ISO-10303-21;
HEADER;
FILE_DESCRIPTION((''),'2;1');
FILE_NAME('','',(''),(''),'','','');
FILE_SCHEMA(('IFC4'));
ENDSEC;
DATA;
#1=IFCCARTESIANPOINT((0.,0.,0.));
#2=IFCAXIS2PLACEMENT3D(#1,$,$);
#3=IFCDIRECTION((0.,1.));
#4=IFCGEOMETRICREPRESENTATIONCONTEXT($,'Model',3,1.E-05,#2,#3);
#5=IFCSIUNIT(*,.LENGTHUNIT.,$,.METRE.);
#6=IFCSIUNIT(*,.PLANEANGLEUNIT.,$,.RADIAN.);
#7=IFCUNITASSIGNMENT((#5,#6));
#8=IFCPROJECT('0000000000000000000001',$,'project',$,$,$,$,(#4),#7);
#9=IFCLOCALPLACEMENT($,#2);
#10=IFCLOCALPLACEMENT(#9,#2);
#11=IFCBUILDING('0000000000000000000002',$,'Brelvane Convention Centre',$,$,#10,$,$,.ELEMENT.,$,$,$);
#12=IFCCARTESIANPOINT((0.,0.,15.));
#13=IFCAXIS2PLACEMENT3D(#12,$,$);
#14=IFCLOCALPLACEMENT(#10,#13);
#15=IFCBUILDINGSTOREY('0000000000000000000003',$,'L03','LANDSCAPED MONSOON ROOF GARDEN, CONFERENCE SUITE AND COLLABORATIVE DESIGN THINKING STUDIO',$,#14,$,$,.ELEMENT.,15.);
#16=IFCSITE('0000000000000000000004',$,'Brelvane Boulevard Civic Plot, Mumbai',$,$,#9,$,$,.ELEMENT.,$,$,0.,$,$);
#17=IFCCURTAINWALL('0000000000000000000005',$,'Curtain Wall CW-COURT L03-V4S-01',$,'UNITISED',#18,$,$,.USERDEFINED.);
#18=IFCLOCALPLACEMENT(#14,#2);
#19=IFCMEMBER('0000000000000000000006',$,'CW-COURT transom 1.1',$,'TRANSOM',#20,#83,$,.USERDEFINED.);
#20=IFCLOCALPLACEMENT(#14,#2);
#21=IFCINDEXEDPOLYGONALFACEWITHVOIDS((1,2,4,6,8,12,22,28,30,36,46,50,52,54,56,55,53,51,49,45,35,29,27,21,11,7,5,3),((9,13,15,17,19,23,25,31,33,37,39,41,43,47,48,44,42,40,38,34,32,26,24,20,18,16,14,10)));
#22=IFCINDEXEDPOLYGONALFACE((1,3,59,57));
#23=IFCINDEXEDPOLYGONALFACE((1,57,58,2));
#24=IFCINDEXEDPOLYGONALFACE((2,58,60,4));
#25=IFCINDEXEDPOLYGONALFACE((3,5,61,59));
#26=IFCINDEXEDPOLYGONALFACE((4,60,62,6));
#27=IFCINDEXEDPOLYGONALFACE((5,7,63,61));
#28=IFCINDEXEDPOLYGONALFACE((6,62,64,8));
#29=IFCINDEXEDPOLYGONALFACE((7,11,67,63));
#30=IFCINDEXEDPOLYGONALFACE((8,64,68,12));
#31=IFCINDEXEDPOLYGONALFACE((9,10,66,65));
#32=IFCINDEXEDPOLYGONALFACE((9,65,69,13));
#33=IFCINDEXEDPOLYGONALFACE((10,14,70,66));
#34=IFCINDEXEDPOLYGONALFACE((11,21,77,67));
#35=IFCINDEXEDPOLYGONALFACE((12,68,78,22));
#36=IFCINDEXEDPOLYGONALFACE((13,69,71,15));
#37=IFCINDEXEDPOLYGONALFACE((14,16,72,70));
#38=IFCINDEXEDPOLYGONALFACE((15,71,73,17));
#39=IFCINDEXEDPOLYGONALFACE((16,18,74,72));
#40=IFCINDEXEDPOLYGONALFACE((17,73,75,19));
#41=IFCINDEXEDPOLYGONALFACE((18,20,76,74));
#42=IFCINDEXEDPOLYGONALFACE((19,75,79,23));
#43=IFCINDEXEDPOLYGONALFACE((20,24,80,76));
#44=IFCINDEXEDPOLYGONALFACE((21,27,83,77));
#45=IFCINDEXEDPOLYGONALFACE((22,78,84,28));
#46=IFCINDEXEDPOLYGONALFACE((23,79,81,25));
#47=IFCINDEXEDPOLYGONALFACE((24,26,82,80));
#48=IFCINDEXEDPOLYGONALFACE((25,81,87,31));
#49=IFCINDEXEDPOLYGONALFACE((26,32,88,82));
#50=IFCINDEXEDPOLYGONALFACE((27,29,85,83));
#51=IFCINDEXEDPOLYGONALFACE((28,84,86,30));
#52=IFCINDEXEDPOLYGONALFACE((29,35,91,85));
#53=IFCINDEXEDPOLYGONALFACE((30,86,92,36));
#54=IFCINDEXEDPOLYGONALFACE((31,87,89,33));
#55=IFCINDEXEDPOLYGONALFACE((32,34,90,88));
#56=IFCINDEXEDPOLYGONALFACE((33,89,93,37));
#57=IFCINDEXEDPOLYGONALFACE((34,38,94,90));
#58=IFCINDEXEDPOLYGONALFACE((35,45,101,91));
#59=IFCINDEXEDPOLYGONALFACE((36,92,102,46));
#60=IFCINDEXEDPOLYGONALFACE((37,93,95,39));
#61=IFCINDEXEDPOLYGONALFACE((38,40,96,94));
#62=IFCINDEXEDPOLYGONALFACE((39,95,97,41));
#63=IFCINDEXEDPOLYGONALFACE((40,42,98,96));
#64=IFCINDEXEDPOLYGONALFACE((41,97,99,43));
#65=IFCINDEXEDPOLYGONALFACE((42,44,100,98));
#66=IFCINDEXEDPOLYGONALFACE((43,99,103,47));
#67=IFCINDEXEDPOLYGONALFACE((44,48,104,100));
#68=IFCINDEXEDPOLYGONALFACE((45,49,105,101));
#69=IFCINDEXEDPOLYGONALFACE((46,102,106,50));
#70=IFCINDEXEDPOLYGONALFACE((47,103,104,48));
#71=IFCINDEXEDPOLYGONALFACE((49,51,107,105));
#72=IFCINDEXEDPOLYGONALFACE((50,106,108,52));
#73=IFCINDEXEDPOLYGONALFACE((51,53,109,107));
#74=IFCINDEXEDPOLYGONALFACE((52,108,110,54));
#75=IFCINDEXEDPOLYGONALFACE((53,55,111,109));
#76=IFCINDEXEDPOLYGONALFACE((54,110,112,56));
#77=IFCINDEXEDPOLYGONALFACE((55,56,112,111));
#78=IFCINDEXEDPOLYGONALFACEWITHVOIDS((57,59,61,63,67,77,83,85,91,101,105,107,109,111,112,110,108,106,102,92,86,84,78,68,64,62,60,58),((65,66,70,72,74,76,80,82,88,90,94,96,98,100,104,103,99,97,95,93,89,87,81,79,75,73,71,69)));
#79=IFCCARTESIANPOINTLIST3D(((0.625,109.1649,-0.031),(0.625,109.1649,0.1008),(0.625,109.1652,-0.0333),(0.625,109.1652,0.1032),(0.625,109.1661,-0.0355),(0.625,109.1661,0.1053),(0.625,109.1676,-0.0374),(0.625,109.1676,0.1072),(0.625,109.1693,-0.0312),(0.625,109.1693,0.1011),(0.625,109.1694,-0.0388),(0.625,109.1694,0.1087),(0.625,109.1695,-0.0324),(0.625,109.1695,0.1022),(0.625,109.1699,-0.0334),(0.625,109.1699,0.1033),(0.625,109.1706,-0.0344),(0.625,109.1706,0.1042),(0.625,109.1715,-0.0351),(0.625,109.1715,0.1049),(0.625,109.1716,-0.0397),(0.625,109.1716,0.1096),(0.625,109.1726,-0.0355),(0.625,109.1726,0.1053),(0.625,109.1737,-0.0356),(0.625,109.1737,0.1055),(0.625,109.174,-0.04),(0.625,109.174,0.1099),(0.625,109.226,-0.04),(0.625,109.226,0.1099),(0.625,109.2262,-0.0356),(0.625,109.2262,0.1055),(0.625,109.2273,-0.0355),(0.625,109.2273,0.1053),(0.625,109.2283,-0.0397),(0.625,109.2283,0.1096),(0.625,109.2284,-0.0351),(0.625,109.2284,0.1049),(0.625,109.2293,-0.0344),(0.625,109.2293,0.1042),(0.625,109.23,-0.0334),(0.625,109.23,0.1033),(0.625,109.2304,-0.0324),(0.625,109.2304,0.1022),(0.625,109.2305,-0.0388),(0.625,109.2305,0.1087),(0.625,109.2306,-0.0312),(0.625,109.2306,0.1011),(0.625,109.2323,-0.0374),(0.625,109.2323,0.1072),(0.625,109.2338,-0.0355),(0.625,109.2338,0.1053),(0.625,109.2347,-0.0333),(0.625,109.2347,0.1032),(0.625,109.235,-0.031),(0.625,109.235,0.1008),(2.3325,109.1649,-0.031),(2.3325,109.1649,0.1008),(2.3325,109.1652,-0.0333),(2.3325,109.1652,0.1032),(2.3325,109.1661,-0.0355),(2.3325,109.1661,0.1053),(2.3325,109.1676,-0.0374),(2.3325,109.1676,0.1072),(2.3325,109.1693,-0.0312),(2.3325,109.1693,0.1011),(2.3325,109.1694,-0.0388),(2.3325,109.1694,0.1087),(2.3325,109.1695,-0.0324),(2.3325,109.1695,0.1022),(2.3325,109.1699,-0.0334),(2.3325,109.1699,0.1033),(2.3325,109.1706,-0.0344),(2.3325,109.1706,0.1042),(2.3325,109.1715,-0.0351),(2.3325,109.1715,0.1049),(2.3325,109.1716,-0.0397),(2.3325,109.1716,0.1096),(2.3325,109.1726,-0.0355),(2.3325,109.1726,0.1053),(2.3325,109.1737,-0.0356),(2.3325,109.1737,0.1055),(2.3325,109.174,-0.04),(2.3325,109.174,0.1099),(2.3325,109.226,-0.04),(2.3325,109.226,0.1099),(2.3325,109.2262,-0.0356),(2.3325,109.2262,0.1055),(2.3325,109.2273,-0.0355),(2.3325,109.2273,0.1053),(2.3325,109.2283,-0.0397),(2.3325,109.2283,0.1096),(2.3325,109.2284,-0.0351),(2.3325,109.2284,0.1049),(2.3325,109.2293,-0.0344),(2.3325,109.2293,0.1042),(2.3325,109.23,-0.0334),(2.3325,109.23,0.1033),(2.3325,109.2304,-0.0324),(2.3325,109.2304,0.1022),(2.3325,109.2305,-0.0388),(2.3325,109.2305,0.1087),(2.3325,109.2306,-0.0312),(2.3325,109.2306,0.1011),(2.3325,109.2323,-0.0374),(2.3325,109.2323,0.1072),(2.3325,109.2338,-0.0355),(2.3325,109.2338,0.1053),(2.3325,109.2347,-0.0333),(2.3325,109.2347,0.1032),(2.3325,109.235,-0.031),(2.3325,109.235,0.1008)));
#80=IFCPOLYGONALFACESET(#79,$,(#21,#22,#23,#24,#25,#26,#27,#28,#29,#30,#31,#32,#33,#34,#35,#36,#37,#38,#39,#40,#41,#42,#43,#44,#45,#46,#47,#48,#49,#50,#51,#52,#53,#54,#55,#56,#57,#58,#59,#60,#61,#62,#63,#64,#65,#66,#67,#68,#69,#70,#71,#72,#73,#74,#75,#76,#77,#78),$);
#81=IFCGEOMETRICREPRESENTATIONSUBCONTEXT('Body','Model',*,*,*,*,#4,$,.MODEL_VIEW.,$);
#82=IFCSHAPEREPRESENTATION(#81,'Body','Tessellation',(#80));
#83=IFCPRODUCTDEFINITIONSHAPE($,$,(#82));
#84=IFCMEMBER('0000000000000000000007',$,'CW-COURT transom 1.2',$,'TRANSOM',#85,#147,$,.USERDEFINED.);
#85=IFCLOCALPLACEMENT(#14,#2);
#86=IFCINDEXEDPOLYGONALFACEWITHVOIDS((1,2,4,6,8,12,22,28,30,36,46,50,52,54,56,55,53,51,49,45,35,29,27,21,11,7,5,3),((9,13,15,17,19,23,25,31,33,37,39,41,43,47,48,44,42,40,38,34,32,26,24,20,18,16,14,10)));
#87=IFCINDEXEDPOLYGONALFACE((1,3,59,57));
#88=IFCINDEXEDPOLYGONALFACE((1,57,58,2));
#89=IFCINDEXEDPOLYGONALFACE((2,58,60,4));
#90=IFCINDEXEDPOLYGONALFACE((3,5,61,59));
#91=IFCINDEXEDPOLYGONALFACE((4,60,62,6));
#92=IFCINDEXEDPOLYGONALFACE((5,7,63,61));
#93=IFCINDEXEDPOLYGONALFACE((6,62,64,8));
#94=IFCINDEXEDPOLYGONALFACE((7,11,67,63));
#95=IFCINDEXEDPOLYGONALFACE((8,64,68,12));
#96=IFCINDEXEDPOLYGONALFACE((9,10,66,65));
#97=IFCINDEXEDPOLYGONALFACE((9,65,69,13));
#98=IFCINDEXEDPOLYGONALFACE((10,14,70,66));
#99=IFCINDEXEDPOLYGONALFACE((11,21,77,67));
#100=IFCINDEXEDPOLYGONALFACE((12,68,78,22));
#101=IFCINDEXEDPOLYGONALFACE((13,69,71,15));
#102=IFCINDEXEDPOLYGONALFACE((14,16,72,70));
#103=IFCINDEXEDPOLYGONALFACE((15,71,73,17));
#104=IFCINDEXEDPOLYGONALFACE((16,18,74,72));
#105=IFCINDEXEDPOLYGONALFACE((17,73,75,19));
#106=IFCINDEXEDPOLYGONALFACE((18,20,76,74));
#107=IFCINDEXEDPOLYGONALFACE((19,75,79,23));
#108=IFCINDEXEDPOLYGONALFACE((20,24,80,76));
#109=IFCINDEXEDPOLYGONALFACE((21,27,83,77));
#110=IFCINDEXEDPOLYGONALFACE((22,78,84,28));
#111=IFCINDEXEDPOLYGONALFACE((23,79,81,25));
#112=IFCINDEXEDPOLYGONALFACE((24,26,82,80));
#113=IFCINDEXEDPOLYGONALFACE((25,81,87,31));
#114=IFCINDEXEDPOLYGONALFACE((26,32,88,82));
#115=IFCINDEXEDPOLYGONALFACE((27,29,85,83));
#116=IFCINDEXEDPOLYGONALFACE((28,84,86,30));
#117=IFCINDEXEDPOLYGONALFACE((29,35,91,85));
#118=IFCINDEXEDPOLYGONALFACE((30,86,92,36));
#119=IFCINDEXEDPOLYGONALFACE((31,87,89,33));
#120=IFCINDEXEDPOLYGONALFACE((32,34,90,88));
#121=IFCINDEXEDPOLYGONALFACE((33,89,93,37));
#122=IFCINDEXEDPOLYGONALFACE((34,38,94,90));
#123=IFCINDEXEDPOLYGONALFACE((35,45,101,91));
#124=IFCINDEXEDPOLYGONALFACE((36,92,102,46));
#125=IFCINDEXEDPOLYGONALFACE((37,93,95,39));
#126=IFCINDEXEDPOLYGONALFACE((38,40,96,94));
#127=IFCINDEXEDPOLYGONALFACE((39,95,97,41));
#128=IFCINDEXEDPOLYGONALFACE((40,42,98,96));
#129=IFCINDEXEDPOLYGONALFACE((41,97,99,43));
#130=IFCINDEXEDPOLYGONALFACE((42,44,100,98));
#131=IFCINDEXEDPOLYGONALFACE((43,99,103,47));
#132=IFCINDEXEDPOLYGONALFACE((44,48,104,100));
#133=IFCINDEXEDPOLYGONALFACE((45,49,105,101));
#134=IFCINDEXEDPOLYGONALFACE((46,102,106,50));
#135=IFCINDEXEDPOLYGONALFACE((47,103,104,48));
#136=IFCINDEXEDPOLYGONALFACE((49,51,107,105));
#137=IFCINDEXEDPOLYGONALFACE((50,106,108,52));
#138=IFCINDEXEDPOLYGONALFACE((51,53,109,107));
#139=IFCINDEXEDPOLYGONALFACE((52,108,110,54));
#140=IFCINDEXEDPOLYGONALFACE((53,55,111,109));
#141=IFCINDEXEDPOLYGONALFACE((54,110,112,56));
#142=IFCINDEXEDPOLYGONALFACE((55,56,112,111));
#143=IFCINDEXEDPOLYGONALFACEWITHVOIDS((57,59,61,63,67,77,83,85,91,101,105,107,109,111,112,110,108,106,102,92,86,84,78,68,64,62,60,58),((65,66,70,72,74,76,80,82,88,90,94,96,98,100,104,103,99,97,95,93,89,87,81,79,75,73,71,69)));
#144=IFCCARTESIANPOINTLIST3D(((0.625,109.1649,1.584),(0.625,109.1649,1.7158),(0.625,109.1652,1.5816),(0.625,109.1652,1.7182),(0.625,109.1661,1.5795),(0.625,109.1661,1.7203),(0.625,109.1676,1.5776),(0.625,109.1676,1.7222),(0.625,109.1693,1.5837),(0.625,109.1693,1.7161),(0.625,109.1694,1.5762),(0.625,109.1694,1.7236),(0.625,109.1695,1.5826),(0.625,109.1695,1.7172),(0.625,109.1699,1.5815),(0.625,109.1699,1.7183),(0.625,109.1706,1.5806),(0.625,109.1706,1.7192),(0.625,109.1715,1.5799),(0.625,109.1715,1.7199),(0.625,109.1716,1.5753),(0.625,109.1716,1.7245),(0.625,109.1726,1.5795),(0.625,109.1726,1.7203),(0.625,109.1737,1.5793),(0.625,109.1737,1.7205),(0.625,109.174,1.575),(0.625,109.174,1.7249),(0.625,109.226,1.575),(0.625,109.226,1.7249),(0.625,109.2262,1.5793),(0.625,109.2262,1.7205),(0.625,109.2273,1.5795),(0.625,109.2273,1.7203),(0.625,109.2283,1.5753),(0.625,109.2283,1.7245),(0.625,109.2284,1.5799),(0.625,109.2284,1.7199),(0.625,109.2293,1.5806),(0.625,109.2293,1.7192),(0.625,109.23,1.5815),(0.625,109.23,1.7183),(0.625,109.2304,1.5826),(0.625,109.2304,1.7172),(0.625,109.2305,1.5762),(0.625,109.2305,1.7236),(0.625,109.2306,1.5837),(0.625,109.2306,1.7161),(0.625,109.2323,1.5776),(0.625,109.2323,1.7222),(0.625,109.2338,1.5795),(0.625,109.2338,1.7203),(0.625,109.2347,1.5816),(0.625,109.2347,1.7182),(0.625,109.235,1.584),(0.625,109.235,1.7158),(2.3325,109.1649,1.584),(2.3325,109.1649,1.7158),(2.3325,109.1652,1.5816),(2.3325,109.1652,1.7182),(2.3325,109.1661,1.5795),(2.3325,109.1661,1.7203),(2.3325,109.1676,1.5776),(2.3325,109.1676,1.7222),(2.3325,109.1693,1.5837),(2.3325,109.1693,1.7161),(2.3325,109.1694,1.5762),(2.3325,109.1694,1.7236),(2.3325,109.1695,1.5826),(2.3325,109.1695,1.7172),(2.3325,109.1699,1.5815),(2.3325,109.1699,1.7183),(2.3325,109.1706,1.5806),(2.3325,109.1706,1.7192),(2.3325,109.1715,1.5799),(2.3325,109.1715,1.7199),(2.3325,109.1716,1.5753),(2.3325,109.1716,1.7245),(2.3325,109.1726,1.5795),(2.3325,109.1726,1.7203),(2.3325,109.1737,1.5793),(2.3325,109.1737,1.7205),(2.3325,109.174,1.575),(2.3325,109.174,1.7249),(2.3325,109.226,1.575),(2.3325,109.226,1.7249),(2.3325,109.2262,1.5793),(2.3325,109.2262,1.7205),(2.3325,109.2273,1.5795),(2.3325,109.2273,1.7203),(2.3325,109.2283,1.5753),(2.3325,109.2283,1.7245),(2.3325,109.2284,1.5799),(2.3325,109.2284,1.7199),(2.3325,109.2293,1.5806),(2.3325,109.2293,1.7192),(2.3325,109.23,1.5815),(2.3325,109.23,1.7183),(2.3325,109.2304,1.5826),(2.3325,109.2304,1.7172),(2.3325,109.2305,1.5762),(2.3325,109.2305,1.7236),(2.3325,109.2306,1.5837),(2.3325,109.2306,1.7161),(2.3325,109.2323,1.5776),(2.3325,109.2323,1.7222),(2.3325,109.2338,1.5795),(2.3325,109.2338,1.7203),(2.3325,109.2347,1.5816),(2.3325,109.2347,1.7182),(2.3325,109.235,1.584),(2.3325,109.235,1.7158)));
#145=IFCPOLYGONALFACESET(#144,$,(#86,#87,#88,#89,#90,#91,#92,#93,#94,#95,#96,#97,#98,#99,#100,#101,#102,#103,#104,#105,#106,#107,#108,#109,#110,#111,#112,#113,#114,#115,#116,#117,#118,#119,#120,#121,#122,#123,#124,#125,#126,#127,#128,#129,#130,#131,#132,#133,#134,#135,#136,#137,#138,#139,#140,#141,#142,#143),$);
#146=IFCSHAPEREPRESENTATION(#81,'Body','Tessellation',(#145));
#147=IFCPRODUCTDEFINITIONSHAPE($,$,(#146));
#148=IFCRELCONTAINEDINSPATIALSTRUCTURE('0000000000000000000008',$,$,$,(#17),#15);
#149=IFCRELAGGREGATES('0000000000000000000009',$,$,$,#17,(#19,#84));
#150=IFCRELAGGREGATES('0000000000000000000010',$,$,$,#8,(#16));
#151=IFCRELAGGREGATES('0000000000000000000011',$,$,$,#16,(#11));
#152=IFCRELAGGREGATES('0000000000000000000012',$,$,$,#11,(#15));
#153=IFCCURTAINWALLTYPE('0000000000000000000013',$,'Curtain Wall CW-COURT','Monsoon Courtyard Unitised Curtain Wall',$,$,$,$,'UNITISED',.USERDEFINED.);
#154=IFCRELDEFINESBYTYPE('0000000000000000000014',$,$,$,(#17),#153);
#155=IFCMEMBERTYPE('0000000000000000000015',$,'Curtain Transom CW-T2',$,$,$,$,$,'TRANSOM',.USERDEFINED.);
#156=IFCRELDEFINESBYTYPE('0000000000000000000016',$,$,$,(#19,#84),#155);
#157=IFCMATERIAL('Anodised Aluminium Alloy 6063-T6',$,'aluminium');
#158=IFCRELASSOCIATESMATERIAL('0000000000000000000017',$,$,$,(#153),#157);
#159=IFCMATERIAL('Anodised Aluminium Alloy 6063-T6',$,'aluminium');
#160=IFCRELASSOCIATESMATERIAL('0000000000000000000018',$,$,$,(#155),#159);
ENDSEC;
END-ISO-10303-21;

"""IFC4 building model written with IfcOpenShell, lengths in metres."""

from ifc_helpers import new_model, si_unit, direction, frame, origin, origin_2d, place, context, subcontext, project, spatial, hollow_rectangle, extrude, material, material_profile, profile_set, type_object, element, aggregate, save


model = new_model("IFC4")

# Units and contexts
model_context = context("Model", 3, precision=1e-05, world=origin(), true_north=direction((0.0, 1.0)))
body_context = subcontext(model_context, "Body", "Model", "MODEL_VIEW")
ifc_project = project(units=[si_unit("LENGTHUNIT", "METRE"), si_unit("PLANEANGLEUNIT", "RADIAN")], contexts=[model_context])

# Site, building, storey
site_placement = place(None, origin())
site = spatial("IfcSite", under=ifc_project, at=site_placement, Name="Brelvane Boulevard Civic Plot, Mumbai", CompositionType="ELEMENT", RefElevation=0.0)
building_placement = place(site_placement, origin())
building = spatial("IfcBuilding", under=site, at=building_placement, Name="Brelvane Convention Centre", CompositionType="ELEMENT")
storey_placement = place(building_placement, frame((0.0, 0.0, 15.0)))
storey = spatial("IfcBuildingStorey", under=building, at=storey_placement, Name="L03", Description="LANDSCAPED MONSOON ROOF GARDEN, CONFERENCE SUITE AND COLLABORATIVE DESIGN THINKING STUDIO", CompositionType="ELEMENT", Elevation=15.0)

# Curtain wall, members
ifc_material_1 = material(Name="Anodised Aluminium Alloy 6063-T6", Category="aluminium")
curtain_wall_type = type_object("IfcCurtainWallType", Name="Curtain Wall CW-COURT", Description="Monsoon Courtyard Unitised Curtain Wall", ElementType="UNITISED", PredefinedType="USERDEFINED", material=ifc_material_1)
curtain_wall_placement = place(storey_placement, origin())
curtain_wall = element("IfcCurtainWall", 1, at=curtain_wall_placement, inside=storey, type_object=curtain_wall_type, Name="Curtain Wall CW-COURT L03-V4S-01", ObjectType="UNITISED", PredefinedType="USERDEFINED")
ifc_material_2 = material(Name="Anodised Aluminium Alloy 6063-T6", Category="aluminium")
ifc_material_profile_1 = material_profile(ifc_material_2, hollow_rectangle(XDim=0.0701, YDim=0.1499, WallThickness=0.0044, InnerFilletRadius=0.0044, OuterFilletRadius=0.009, at=origin_2d()), Name="ALU-T 150x70x4.5")
ifc_profile_set_1 = profile_set([ifc_material_profile_1], Name="Anodised Aluminium Alloy 6063-T6")
member_type_1 = type_object("IfcMemberType", Name="Curtain Transom CW-T2", ElementType="TRANSOM", PredefinedType="USERDEFINED", material=ifc_profile_set_1)
member_1_placement = place(storey_placement, frame((0.625, 109.2, 0.0349), z_axis=(1.0, 0.0, 0.0), x_axis=(0.0, 1.0, 0.0)))
member_1 = element("IfcMember", 2, at=member_1_placement, type_object=member_type_1, Name="CW-COURT transom 1.1", ObjectType="TRANSOM", PredefinedType="USERDEFINED", context=body_context, shape_type="SweptSolid", body=[
    extrude(hollow_rectangle(XDim=0.0701, YDim=0.1499, WallThickness=0.0044, InnerFilletRadius=0.0044, OuterFilletRadius=0.009, at=origin_2d()), origin(), (0.0, 0.0, 1.0), 1.7075),
])
member_2_placement = place(storey_placement, frame((0.625, 109.2, 1.6499), z_axis=(1.0, 0.0, 0.0), x_axis=(0.0, 1.0, 0.0)))
member_2 = element("IfcMember", 3, at=member_2_placement, type_object=member_type_1, Name="CW-COURT transom 1.2", ObjectType="TRANSOM", PredefinedType="USERDEFINED", context=body_context, shape_type="SweptSolid", body=[
    extrude(hollow_rectangle(XDim=0.0701, YDim=0.1499, WallThickness=0.0044, InnerFilletRadius=0.0044, OuterFilletRadius=0.009, at=origin_2d()), origin(), (0.0, 0.0, 1.0), 1.7075),
])

aggregate(curtain_wall, [member_1, member_2])

save(model, "model.ifc")
